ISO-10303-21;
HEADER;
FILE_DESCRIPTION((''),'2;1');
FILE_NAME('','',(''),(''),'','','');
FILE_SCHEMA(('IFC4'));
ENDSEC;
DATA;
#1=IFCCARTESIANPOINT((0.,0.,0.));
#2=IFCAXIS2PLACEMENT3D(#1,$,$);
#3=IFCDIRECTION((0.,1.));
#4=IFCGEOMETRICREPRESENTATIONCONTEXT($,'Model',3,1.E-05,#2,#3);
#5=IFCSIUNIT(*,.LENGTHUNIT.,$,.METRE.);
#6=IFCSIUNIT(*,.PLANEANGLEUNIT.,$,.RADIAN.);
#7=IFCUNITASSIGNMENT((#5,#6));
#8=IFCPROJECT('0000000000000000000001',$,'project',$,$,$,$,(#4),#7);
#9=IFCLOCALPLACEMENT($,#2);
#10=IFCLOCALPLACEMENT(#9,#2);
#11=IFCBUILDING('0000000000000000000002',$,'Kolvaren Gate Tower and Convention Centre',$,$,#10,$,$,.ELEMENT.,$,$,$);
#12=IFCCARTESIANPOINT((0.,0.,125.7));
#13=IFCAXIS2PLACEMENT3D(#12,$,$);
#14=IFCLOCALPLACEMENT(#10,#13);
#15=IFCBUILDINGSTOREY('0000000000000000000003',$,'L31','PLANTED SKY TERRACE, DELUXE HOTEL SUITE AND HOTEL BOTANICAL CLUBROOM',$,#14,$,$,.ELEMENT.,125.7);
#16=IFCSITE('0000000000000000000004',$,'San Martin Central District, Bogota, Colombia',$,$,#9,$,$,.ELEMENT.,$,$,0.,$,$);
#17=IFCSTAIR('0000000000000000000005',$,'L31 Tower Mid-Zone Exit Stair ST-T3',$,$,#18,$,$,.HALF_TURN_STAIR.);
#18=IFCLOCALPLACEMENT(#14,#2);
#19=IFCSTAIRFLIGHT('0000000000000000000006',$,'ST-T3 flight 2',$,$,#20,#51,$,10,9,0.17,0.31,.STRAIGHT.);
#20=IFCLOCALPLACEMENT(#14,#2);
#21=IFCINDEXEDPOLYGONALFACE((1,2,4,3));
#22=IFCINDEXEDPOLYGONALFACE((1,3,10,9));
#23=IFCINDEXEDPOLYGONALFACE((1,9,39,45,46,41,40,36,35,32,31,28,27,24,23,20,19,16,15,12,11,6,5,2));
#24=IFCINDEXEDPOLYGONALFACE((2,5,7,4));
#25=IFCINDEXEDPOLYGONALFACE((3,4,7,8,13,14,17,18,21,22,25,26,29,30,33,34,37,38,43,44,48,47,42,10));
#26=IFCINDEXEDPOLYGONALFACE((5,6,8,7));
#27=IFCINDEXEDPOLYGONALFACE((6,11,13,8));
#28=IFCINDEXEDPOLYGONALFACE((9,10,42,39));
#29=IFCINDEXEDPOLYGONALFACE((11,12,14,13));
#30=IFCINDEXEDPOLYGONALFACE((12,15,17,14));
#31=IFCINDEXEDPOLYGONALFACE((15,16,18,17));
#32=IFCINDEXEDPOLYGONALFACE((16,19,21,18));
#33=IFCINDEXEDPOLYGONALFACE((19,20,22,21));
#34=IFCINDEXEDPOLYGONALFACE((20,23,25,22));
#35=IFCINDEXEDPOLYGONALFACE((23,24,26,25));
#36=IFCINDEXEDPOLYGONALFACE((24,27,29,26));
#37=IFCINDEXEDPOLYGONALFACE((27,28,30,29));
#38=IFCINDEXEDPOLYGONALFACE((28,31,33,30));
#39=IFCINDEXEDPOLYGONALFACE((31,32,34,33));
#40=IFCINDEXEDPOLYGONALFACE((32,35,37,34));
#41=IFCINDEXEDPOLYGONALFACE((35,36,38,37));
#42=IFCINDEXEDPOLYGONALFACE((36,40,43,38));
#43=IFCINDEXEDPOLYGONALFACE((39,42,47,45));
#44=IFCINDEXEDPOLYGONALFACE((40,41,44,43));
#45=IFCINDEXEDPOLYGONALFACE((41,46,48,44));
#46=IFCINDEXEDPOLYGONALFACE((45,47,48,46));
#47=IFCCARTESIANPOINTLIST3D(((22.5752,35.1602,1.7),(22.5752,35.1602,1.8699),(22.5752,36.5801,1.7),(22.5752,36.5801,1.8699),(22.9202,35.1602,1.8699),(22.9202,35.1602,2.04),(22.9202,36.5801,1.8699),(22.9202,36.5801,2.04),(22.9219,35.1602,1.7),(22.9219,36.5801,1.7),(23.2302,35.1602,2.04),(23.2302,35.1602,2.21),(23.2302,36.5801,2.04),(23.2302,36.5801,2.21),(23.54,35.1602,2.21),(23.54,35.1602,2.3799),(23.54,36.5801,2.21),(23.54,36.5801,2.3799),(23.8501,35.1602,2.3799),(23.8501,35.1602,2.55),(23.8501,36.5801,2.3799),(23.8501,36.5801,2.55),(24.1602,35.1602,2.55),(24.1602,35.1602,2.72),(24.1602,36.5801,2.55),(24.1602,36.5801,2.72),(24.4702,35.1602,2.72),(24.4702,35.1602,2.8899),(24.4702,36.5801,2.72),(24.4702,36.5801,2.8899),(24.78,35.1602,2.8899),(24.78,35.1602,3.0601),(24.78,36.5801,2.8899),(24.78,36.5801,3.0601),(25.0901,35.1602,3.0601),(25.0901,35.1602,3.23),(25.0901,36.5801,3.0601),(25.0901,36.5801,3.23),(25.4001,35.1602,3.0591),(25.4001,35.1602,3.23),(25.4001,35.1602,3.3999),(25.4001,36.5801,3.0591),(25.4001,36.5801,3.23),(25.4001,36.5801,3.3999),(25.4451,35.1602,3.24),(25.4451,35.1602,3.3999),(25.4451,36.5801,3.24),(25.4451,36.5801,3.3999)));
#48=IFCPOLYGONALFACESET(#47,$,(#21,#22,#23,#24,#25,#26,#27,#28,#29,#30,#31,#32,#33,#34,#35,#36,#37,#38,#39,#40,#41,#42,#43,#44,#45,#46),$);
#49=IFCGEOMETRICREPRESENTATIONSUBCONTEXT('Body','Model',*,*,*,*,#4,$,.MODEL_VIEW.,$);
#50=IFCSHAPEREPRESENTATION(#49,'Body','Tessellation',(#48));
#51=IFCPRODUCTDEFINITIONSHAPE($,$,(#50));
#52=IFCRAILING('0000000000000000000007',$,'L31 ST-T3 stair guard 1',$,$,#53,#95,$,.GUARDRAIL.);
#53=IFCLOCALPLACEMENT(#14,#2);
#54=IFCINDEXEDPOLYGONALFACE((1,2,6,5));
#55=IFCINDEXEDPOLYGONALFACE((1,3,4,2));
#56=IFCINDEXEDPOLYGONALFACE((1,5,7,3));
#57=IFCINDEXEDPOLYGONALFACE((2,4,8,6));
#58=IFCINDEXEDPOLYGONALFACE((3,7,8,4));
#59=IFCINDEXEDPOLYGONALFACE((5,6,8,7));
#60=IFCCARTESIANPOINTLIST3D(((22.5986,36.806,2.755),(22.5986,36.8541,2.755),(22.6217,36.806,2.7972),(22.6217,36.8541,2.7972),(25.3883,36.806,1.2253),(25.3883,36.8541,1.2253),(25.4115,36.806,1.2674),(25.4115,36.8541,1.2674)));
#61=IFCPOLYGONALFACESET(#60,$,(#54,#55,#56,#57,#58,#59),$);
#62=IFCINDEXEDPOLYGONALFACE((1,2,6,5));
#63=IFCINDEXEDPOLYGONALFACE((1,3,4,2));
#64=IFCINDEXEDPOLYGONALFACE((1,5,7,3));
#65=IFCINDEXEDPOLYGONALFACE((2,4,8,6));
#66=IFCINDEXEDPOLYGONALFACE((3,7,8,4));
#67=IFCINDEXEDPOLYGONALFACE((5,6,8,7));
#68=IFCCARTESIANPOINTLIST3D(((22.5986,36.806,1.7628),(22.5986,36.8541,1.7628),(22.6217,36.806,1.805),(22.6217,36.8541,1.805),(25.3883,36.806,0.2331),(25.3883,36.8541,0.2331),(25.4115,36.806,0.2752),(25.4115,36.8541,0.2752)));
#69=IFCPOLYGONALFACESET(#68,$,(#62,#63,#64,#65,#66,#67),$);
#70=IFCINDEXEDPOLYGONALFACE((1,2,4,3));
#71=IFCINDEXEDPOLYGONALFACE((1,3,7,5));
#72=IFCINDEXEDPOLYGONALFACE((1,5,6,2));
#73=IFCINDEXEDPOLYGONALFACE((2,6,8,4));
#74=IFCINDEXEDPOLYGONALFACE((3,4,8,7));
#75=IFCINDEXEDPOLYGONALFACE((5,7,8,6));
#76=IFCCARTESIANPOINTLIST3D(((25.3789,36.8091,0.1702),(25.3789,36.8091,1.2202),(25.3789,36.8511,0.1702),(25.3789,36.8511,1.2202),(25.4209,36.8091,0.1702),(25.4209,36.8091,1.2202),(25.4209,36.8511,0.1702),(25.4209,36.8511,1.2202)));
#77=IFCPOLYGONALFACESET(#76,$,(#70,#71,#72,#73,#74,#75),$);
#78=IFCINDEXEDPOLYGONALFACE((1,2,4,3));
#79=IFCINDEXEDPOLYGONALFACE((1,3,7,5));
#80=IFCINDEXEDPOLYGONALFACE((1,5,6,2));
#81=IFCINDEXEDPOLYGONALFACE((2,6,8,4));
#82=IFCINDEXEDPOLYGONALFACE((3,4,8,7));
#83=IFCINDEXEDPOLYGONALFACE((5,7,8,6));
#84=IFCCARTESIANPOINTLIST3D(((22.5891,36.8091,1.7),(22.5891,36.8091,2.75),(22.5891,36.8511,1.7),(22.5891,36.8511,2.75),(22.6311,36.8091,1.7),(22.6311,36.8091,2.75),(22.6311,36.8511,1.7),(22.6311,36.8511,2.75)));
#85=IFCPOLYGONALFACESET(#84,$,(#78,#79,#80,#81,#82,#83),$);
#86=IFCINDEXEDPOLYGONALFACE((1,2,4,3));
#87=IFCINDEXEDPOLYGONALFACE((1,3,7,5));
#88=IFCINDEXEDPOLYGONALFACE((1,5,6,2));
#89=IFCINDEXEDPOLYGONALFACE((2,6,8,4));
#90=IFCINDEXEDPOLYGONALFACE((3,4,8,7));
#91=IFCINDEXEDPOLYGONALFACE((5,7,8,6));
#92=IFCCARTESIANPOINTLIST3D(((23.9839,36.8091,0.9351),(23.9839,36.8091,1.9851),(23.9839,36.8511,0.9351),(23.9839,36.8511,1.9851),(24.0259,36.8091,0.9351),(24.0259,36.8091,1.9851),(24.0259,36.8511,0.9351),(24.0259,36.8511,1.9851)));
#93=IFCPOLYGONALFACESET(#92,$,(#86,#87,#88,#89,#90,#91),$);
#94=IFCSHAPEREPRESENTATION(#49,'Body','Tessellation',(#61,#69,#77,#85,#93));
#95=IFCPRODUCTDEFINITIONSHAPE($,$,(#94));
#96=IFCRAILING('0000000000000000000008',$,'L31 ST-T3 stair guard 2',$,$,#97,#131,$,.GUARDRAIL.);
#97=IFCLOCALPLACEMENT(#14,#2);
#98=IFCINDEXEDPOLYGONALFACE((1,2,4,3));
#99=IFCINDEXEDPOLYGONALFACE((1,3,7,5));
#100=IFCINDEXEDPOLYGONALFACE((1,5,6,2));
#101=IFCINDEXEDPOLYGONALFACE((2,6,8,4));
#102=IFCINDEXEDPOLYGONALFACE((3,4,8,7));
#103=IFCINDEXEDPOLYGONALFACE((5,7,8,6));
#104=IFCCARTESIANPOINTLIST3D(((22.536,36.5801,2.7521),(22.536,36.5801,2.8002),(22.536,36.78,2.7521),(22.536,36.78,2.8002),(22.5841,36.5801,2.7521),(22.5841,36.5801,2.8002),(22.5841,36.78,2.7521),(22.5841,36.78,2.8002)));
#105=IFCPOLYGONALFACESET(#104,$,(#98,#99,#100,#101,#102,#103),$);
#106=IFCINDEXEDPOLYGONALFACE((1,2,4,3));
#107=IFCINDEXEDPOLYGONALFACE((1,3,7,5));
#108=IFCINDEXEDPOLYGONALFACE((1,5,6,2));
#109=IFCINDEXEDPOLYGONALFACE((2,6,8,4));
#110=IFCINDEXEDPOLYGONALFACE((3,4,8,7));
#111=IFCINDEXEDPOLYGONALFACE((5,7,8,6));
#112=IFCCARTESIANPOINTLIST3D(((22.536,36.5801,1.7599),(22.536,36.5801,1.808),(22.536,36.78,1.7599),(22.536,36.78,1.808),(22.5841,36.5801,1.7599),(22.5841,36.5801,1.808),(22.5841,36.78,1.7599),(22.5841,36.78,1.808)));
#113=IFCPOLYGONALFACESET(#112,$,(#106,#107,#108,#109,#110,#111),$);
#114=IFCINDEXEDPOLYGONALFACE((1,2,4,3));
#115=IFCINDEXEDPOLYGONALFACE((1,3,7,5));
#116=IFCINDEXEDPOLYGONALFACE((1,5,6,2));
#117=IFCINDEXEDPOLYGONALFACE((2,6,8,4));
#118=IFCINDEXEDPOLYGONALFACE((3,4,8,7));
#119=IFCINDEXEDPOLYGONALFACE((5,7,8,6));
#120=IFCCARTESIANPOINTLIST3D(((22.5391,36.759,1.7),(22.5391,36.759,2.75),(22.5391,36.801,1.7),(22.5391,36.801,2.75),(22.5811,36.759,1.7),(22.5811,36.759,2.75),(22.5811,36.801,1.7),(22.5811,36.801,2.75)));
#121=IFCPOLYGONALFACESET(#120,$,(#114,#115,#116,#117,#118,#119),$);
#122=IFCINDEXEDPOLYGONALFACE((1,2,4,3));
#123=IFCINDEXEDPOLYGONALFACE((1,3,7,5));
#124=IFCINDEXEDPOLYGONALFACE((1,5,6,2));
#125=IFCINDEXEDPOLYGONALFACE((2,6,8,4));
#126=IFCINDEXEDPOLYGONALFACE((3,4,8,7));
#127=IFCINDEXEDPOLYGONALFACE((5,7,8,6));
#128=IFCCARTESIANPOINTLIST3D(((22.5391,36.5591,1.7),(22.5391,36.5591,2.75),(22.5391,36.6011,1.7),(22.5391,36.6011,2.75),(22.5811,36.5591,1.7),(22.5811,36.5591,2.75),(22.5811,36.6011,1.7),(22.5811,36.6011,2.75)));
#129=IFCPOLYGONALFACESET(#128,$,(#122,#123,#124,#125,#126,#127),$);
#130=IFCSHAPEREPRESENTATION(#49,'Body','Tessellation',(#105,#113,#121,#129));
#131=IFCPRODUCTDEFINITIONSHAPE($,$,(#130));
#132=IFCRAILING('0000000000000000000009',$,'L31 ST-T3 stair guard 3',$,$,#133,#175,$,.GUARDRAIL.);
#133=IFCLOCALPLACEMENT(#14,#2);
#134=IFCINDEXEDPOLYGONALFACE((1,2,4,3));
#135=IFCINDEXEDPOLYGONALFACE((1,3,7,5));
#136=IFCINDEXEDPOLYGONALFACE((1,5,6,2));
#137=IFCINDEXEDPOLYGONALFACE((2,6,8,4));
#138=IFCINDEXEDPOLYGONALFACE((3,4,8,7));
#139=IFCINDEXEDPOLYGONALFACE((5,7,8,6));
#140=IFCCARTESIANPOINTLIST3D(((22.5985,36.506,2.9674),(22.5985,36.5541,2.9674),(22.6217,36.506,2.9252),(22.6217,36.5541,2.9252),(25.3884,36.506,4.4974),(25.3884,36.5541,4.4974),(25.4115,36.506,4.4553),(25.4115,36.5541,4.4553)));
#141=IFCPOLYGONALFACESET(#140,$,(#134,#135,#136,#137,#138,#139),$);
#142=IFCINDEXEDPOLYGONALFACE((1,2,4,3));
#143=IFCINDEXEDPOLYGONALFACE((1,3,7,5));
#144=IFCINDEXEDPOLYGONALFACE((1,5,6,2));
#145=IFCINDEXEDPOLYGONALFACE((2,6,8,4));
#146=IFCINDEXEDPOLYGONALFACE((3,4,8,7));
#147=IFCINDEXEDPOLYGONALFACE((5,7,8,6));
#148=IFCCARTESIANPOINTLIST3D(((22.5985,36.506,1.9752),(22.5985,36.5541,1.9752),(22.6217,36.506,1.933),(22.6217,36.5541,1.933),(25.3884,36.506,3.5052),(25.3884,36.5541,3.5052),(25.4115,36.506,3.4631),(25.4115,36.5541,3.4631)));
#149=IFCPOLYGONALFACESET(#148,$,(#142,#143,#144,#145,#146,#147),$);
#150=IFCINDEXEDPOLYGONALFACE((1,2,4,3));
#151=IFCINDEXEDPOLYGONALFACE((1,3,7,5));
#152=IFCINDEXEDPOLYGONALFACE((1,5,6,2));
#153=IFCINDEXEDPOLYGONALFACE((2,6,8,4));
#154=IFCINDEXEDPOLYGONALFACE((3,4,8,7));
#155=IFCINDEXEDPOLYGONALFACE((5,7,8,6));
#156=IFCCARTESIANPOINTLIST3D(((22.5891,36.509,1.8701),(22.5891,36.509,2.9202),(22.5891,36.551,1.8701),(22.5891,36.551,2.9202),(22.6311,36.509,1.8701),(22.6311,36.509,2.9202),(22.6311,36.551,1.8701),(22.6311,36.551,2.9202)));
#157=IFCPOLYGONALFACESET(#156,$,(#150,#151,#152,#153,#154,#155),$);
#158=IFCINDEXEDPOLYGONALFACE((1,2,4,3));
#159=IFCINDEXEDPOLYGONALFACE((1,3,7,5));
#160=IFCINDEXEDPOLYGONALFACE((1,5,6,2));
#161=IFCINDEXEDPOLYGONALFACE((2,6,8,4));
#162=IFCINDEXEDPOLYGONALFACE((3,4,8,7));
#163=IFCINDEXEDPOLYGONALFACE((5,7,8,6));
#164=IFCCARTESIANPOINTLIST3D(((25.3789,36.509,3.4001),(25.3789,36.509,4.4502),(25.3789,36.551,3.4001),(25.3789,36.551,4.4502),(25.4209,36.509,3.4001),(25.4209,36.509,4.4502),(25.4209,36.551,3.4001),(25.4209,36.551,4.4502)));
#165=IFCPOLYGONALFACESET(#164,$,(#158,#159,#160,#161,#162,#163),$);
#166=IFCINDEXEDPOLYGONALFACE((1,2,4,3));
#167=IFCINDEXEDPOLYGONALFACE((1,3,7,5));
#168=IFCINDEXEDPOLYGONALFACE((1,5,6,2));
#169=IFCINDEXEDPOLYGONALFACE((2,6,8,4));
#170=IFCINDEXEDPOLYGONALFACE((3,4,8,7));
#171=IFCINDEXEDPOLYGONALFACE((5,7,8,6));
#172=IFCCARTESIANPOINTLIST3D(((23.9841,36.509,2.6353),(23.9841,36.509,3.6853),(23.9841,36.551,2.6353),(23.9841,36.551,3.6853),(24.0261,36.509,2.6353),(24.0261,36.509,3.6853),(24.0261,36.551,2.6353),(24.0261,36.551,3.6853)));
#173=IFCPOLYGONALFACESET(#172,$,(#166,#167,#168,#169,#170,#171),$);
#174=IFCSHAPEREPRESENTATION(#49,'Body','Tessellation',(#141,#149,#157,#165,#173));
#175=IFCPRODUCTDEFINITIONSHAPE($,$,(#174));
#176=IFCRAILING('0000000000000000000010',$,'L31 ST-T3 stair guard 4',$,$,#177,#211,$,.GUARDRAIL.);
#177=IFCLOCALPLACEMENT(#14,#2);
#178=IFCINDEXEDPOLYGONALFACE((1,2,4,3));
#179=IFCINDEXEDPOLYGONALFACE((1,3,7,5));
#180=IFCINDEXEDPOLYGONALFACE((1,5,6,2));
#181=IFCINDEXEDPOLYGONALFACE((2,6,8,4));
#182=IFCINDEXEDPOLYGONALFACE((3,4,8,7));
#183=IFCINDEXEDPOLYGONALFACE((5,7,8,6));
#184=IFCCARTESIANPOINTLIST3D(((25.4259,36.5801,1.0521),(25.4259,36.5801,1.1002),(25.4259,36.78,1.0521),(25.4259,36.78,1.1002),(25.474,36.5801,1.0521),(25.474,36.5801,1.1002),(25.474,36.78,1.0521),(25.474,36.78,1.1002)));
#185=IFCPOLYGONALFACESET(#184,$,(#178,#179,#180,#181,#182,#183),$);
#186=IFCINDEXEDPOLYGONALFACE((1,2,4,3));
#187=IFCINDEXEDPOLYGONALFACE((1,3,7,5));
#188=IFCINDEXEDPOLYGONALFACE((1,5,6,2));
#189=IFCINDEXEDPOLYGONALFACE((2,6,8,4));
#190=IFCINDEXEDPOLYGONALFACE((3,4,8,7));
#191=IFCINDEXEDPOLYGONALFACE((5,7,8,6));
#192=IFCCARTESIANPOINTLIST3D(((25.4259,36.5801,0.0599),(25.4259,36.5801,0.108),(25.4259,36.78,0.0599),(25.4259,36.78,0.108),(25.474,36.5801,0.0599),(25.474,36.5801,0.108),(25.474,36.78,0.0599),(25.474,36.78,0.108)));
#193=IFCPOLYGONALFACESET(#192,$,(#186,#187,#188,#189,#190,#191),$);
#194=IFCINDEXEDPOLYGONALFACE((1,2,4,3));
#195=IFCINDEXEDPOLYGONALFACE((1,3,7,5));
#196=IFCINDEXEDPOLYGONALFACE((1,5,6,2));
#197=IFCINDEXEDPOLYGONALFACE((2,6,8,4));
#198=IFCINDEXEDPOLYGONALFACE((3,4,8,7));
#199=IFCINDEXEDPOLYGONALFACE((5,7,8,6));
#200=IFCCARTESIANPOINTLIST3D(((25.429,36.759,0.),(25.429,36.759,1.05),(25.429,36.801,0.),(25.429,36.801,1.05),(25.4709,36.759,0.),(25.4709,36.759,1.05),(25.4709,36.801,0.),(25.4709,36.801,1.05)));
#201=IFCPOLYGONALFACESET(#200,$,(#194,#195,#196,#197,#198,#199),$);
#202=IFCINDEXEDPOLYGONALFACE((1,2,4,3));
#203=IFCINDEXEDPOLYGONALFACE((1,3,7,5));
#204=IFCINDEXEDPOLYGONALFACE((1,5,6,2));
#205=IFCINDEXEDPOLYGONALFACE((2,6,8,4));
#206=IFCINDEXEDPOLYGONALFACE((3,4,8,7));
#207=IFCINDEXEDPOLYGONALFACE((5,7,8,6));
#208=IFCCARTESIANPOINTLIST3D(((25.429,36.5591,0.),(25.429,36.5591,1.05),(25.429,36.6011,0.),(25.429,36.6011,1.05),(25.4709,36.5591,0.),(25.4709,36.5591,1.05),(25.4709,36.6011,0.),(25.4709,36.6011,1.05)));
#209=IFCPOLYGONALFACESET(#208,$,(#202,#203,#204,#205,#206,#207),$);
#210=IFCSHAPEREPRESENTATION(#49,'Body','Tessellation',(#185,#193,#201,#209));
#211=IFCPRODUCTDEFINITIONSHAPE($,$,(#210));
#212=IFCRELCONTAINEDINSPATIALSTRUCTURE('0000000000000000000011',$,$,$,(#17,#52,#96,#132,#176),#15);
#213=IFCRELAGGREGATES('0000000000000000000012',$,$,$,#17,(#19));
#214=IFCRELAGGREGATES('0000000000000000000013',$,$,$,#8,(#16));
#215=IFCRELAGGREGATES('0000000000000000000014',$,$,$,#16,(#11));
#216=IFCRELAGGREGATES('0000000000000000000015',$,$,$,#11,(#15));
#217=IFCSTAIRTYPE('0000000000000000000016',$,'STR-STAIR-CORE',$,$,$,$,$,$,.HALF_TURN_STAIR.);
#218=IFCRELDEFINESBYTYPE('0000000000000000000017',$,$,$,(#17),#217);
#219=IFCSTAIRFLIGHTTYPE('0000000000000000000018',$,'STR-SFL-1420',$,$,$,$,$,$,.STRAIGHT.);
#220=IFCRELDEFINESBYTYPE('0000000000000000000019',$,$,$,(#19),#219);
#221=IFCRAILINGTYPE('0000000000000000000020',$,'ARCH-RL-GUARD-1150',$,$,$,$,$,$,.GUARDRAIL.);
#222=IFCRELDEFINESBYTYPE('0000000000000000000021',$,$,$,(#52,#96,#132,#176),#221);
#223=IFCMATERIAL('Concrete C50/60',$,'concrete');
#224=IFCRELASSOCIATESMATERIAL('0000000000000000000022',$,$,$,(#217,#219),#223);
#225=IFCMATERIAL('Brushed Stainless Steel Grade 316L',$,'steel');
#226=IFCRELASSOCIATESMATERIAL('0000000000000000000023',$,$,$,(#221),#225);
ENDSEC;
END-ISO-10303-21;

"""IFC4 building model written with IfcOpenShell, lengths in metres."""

from ifc_helpers import new_model, si_unit, direction, frame, origin, origin_2d, place, context, subcontext, project, spatial, polyline, rectangle, outline, extrude, material, type_object, element, aggregate, save


model = new_model("IFC4")

# Units and contexts
model_context = context("Model", 3, precision=1e-05, world=origin(), true_north=direction((0.0, 1.0)))
body_context = subcontext(model_context, "Body", "Model", "MODEL_VIEW")
ifc_project = project(units=[si_unit("LENGTHUNIT", "METRE"), si_unit("PLANEANGLEUNIT", "RADIAN")], contexts=[model_context])

# Site, building, storey
site_placement = place(None, origin())
site = spatial("IfcSite", under=ifc_project, at=site_placement, Name="San Martin Central District, Bogota, Colombia", CompositionType="ELEMENT", RefElevation=0.0)
building_placement = place(site_placement, origin())
building = spatial("IfcBuilding", under=site, at=building_placement, Name="Kolvaren Gate Tower and Convention Centre", CompositionType="ELEMENT")
storey_placement = place(building_placement, frame((0.0, 0.0, 125.7)))
storey = spatial("IfcBuildingStorey", under=building, at=storey_placement, Name="L31", Description="PLANTED SKY TERRACE, DELUXE HOTEL SUITE AND HOTEL BOTANICAL CLUBROOM", CompositionType="ELEMENT", Elevation=125.7)

# Shared definitions
ifc_material_1 = material(Name="Concrete C50/60", Category="concrete")

# Stair, stair flight
stair_type = type_object("IfcStairType", Name="STR-STAIR-CORE", PredefinedType="HALF_TURN_STAIR", material=ifc_material_1)
stair_placement = place(storey_placement, origin())
stair = element("IfcStair", 1, at=stair_placement, inside=storey, type_object=stair_type, Name="L31 Tower Mid-Zone Exit Stair ST-T3", PredefinedType="HALF_TURN_STAIR")
stair_flight_type = type_object("IfcStairFlightType", Name="STR-SFL-1420", PredefinedType="STRAIGHT", material=ifc_material_1)
stair_flight_1_placement = place(storey_placement, frame((22.6101, 35.8701, 1.7), z_axis=(0.0, 0.0, 1.0), x_axis=(1.0, 0.0, 0.0)))
stair_flight_1 = element("IfcStairFlight", 2, at=stair_flight_1_placement, type_object=stair_flight_type, Name="ST-T3 flight 2", NumberOfRisers=10, NumberOfTreads=9, PredefinedType="STRAIGHT", RiserHeight=0.17, TreadLength=0.31, context=body_context, shape_type="SweptSolid", body=[
    extrude(outline(polyline([(-0.0349, 0.0), (-0.0349, 0.1699), (0.3101, 0.1699), (0.3101, 0.3401), (0.6201, 0.3401), (0.6201, 0.51), (0.9299, 0.51), (0.9299, 0.6799), (1.24, 0.6799), (1.24, 0.8501), (1.55, 0.8501), (1.55, 1.02), (1.8601, 1.02), (1.8601, 1.1899), (2.1699, 1.1899), (2.1699, 1.3601), (2.48, 1.3601), (2.48, 1.53), (2.79, 1.53), (2.79, 1.7), (2.835, 1.7), (2.835, 1.54), (2.79, 1.3591), (0.3118, 0.0), (-0.0349, 0.0)])), frame((0.0, 0.71, 0.0), z_axis=(0.0, -1.0, 0.0), x_axis=(1.0, 0.0, 0.0)), (0.0, 0.0, 1.0), 1.4199),
])
aggregate(stair, [stair_flight_1])

# Railings
ifc_material_2 = material(Name="Brushed Stainless Steel Grade 316L", Category="steel")
railing_type_1 = type_object("IfcRailingType", Name="ARCH-RL-GUARD-1150", PredefinedType="GUARDRAIL", material=ifc_material_2)
railing_1_placement = place(storey_placement, frame((25.3999, 36.8301, 0.1702)))
element("IfcRailing", 3, at=railing_1_placement, inside=storey, type_object=railing_type_1, Name="L31 ST-T3 stair guard 1", PredefinedType="GUARDRAIL", context=body_context, shape_type="SweptSolid", body=[
    extrude(rectangle(XDim=0.0481, YDim=0.0481, at=origin_2d()), frame((0.0, 0.0, 1.0762), z_axis=(-0.876826, 0.0, 0.480808), x_axis=(0.0, -1.0, 0.0)), (0.0, 0.0, 1.0), 3.1816),
    extrude(rectangle(XDim=0.0481, YDim=0.0481, at=origin_2d()), frame((0.0, 0.0, 0.084), z_axis=(-0.876826, 0.0, 0.480808), x_axis=(0.0, -1.0, 0.0)), (0.0, 0.0, 1.0), 3.1816),
    extrude(rectangle(XDim=0.042, YDim=0.042, at=origin_2d()), origin(), (0.0, 0.0, 1.0), 1.05),
    extrude(rectangle(XDim=0.042, YDim=0.042, at=origin_2d()), frame((-2.7898, 0.0, 1.5298)), (0.0, 0.0, 1.0), 1.05),
    extrude(rectangle(XDim=0.042, YDim=0.042, at=origin_2d()), frame((-1.395, 0.0, 0.7649)), (0.0, 0.0, 1.0), 1.05),
])
railing_2_placement = place(storey_placement, frame((22.5601, 36.78, 1.7)))
element("IfcRailing", 4, at=railing_2_placement, inside=storey, type_object=railing_type_1, Name="L31 ST-T3 stair guard 2", PredefinedType="GUARDRAIL", context=body_context, shape_type="SweptSolid", body=[
    extrude(rectangle(XDim=0.0481, YDim=0.0481, at=origin_2d()), frame((0.0, 0.0, 1.0762), z_axis=(0.0, -1.0, 0.0), x_axis=(1.0, 0.0, 0.0)), (0.0, 0.0, 1.0), 0.2),
    extrude(rectangle(XDim=0.0481, YDim=0.0481, at=origin_2d()), frame((0.0, 0.0, 0.084), z_axis=(0.0, -1.0, 0.0), x_axis=(1.0, 0.0, 0.0)), (0.0, 0.0, 1.0), 0.2),
    extrude(rectangle(XDim=0.042, YDim=0.042, at=origin_2d()), origin(), (0.0, 0.0, 1.0), 1.05),
    extrude(rectangle(XDim=0.042, YDim=0.042, at=origin_2d()), frame((0.0, -0.2, 0.0)), (0.0, 0.0, 1.0), 1.05),
])
railing_3_placement = place(storey_placement, frame((22.6101, 36.53, 1.8701)))
element("IfcRailing", 5, at=railing_3_placement, inside=storey, type_object=railing_type_1, Name="L31 ST-T3 stair guard 3", PredefinedType="GUARDRAIL", context=body_context, shape_type="SweptSolid", body=[
    extrude(rectangle(XDim=0.0481, YDim=0.0481, at=origin_2d()), frame((0.0, 0.0, 1.0762), z_axis=(0.876794, 0.0, 0.480867), x_axis=(0.0, 1.0, 0.0)), (0.0, 0.0, 1.0), 3.1819),
    extrude(rectangle(XDim=0.0481, YDim=0.0481, at=origin_2d()), frame((0.0, 0.0, 0.084), z_axis=(0.876794, 0.0, 0.480867), x_axis=(0.0, 1.0, 0.0)), (0.0, 0.0, 1.0), 3.1819),
    extrude(rectangle(XDim=0.042, YDim=0.042, at=origin_2d()), origin(), (0.0, 0.0, 1.0), 1.05),
    extrude(rectangle(XDim=0.042, YDim=0.042, at=origin_2d()), frame((2.7898, 0.0, 1.53)), (0.0, 0.0, 1.0), 1.05),
    extrude(rectangle(XDim=0.042, YDim=0.042, at=origin_2d()), frame((1.395, 0.0, 0.7651)), (0.0, 0.0, 1.0), 1.05),
])
railing_4_placement = place(storey_placement, frame((25.45, 36.78, 0.0)))
element("IfcRailing", 6, at=railing_4_placement, inside=storey, type_object=railing_type_1, Name="L31 ST-T3 stair guard 4", PredefinedType="GUARDRAIL", context=body_context, shape_type="SweptSolid", body=[
    extrude(rectangle(XDim=0.0481, YDim=0.0481, at=origin_2d()), frame((0.0, 0.0, 1.0762), z_axis=(0.0, -1.0, 0.0), x_axis=(1.0, 0.0, 0.0)), (0.0, 0.0, 1.0), 0.2),
    extrude(rectangle(XDim=0.0481, YDim=0.0481, at=origin_2d()), frame((0.0, 0.0, 0.084), z_axis=(0.0, -1.0, 0.0), x_axis=(1.0, 0.0, 0.0)), (0.0, 0.0, 1.0), 0.2),
    extrude(rectangle(XDim=0.042, YDim=0.042, at=origin_2d()), origin(), (0.0, 0.0, 1.0), 1.05),
    extrude(rectangle(XDim=0.042, YDim=0.042, at=origin_2d()), frame((0.0, -0.2, 0.0)), (0.0, 0.0, 1.0), 1.05),
])

save(model, "model.ifc")
